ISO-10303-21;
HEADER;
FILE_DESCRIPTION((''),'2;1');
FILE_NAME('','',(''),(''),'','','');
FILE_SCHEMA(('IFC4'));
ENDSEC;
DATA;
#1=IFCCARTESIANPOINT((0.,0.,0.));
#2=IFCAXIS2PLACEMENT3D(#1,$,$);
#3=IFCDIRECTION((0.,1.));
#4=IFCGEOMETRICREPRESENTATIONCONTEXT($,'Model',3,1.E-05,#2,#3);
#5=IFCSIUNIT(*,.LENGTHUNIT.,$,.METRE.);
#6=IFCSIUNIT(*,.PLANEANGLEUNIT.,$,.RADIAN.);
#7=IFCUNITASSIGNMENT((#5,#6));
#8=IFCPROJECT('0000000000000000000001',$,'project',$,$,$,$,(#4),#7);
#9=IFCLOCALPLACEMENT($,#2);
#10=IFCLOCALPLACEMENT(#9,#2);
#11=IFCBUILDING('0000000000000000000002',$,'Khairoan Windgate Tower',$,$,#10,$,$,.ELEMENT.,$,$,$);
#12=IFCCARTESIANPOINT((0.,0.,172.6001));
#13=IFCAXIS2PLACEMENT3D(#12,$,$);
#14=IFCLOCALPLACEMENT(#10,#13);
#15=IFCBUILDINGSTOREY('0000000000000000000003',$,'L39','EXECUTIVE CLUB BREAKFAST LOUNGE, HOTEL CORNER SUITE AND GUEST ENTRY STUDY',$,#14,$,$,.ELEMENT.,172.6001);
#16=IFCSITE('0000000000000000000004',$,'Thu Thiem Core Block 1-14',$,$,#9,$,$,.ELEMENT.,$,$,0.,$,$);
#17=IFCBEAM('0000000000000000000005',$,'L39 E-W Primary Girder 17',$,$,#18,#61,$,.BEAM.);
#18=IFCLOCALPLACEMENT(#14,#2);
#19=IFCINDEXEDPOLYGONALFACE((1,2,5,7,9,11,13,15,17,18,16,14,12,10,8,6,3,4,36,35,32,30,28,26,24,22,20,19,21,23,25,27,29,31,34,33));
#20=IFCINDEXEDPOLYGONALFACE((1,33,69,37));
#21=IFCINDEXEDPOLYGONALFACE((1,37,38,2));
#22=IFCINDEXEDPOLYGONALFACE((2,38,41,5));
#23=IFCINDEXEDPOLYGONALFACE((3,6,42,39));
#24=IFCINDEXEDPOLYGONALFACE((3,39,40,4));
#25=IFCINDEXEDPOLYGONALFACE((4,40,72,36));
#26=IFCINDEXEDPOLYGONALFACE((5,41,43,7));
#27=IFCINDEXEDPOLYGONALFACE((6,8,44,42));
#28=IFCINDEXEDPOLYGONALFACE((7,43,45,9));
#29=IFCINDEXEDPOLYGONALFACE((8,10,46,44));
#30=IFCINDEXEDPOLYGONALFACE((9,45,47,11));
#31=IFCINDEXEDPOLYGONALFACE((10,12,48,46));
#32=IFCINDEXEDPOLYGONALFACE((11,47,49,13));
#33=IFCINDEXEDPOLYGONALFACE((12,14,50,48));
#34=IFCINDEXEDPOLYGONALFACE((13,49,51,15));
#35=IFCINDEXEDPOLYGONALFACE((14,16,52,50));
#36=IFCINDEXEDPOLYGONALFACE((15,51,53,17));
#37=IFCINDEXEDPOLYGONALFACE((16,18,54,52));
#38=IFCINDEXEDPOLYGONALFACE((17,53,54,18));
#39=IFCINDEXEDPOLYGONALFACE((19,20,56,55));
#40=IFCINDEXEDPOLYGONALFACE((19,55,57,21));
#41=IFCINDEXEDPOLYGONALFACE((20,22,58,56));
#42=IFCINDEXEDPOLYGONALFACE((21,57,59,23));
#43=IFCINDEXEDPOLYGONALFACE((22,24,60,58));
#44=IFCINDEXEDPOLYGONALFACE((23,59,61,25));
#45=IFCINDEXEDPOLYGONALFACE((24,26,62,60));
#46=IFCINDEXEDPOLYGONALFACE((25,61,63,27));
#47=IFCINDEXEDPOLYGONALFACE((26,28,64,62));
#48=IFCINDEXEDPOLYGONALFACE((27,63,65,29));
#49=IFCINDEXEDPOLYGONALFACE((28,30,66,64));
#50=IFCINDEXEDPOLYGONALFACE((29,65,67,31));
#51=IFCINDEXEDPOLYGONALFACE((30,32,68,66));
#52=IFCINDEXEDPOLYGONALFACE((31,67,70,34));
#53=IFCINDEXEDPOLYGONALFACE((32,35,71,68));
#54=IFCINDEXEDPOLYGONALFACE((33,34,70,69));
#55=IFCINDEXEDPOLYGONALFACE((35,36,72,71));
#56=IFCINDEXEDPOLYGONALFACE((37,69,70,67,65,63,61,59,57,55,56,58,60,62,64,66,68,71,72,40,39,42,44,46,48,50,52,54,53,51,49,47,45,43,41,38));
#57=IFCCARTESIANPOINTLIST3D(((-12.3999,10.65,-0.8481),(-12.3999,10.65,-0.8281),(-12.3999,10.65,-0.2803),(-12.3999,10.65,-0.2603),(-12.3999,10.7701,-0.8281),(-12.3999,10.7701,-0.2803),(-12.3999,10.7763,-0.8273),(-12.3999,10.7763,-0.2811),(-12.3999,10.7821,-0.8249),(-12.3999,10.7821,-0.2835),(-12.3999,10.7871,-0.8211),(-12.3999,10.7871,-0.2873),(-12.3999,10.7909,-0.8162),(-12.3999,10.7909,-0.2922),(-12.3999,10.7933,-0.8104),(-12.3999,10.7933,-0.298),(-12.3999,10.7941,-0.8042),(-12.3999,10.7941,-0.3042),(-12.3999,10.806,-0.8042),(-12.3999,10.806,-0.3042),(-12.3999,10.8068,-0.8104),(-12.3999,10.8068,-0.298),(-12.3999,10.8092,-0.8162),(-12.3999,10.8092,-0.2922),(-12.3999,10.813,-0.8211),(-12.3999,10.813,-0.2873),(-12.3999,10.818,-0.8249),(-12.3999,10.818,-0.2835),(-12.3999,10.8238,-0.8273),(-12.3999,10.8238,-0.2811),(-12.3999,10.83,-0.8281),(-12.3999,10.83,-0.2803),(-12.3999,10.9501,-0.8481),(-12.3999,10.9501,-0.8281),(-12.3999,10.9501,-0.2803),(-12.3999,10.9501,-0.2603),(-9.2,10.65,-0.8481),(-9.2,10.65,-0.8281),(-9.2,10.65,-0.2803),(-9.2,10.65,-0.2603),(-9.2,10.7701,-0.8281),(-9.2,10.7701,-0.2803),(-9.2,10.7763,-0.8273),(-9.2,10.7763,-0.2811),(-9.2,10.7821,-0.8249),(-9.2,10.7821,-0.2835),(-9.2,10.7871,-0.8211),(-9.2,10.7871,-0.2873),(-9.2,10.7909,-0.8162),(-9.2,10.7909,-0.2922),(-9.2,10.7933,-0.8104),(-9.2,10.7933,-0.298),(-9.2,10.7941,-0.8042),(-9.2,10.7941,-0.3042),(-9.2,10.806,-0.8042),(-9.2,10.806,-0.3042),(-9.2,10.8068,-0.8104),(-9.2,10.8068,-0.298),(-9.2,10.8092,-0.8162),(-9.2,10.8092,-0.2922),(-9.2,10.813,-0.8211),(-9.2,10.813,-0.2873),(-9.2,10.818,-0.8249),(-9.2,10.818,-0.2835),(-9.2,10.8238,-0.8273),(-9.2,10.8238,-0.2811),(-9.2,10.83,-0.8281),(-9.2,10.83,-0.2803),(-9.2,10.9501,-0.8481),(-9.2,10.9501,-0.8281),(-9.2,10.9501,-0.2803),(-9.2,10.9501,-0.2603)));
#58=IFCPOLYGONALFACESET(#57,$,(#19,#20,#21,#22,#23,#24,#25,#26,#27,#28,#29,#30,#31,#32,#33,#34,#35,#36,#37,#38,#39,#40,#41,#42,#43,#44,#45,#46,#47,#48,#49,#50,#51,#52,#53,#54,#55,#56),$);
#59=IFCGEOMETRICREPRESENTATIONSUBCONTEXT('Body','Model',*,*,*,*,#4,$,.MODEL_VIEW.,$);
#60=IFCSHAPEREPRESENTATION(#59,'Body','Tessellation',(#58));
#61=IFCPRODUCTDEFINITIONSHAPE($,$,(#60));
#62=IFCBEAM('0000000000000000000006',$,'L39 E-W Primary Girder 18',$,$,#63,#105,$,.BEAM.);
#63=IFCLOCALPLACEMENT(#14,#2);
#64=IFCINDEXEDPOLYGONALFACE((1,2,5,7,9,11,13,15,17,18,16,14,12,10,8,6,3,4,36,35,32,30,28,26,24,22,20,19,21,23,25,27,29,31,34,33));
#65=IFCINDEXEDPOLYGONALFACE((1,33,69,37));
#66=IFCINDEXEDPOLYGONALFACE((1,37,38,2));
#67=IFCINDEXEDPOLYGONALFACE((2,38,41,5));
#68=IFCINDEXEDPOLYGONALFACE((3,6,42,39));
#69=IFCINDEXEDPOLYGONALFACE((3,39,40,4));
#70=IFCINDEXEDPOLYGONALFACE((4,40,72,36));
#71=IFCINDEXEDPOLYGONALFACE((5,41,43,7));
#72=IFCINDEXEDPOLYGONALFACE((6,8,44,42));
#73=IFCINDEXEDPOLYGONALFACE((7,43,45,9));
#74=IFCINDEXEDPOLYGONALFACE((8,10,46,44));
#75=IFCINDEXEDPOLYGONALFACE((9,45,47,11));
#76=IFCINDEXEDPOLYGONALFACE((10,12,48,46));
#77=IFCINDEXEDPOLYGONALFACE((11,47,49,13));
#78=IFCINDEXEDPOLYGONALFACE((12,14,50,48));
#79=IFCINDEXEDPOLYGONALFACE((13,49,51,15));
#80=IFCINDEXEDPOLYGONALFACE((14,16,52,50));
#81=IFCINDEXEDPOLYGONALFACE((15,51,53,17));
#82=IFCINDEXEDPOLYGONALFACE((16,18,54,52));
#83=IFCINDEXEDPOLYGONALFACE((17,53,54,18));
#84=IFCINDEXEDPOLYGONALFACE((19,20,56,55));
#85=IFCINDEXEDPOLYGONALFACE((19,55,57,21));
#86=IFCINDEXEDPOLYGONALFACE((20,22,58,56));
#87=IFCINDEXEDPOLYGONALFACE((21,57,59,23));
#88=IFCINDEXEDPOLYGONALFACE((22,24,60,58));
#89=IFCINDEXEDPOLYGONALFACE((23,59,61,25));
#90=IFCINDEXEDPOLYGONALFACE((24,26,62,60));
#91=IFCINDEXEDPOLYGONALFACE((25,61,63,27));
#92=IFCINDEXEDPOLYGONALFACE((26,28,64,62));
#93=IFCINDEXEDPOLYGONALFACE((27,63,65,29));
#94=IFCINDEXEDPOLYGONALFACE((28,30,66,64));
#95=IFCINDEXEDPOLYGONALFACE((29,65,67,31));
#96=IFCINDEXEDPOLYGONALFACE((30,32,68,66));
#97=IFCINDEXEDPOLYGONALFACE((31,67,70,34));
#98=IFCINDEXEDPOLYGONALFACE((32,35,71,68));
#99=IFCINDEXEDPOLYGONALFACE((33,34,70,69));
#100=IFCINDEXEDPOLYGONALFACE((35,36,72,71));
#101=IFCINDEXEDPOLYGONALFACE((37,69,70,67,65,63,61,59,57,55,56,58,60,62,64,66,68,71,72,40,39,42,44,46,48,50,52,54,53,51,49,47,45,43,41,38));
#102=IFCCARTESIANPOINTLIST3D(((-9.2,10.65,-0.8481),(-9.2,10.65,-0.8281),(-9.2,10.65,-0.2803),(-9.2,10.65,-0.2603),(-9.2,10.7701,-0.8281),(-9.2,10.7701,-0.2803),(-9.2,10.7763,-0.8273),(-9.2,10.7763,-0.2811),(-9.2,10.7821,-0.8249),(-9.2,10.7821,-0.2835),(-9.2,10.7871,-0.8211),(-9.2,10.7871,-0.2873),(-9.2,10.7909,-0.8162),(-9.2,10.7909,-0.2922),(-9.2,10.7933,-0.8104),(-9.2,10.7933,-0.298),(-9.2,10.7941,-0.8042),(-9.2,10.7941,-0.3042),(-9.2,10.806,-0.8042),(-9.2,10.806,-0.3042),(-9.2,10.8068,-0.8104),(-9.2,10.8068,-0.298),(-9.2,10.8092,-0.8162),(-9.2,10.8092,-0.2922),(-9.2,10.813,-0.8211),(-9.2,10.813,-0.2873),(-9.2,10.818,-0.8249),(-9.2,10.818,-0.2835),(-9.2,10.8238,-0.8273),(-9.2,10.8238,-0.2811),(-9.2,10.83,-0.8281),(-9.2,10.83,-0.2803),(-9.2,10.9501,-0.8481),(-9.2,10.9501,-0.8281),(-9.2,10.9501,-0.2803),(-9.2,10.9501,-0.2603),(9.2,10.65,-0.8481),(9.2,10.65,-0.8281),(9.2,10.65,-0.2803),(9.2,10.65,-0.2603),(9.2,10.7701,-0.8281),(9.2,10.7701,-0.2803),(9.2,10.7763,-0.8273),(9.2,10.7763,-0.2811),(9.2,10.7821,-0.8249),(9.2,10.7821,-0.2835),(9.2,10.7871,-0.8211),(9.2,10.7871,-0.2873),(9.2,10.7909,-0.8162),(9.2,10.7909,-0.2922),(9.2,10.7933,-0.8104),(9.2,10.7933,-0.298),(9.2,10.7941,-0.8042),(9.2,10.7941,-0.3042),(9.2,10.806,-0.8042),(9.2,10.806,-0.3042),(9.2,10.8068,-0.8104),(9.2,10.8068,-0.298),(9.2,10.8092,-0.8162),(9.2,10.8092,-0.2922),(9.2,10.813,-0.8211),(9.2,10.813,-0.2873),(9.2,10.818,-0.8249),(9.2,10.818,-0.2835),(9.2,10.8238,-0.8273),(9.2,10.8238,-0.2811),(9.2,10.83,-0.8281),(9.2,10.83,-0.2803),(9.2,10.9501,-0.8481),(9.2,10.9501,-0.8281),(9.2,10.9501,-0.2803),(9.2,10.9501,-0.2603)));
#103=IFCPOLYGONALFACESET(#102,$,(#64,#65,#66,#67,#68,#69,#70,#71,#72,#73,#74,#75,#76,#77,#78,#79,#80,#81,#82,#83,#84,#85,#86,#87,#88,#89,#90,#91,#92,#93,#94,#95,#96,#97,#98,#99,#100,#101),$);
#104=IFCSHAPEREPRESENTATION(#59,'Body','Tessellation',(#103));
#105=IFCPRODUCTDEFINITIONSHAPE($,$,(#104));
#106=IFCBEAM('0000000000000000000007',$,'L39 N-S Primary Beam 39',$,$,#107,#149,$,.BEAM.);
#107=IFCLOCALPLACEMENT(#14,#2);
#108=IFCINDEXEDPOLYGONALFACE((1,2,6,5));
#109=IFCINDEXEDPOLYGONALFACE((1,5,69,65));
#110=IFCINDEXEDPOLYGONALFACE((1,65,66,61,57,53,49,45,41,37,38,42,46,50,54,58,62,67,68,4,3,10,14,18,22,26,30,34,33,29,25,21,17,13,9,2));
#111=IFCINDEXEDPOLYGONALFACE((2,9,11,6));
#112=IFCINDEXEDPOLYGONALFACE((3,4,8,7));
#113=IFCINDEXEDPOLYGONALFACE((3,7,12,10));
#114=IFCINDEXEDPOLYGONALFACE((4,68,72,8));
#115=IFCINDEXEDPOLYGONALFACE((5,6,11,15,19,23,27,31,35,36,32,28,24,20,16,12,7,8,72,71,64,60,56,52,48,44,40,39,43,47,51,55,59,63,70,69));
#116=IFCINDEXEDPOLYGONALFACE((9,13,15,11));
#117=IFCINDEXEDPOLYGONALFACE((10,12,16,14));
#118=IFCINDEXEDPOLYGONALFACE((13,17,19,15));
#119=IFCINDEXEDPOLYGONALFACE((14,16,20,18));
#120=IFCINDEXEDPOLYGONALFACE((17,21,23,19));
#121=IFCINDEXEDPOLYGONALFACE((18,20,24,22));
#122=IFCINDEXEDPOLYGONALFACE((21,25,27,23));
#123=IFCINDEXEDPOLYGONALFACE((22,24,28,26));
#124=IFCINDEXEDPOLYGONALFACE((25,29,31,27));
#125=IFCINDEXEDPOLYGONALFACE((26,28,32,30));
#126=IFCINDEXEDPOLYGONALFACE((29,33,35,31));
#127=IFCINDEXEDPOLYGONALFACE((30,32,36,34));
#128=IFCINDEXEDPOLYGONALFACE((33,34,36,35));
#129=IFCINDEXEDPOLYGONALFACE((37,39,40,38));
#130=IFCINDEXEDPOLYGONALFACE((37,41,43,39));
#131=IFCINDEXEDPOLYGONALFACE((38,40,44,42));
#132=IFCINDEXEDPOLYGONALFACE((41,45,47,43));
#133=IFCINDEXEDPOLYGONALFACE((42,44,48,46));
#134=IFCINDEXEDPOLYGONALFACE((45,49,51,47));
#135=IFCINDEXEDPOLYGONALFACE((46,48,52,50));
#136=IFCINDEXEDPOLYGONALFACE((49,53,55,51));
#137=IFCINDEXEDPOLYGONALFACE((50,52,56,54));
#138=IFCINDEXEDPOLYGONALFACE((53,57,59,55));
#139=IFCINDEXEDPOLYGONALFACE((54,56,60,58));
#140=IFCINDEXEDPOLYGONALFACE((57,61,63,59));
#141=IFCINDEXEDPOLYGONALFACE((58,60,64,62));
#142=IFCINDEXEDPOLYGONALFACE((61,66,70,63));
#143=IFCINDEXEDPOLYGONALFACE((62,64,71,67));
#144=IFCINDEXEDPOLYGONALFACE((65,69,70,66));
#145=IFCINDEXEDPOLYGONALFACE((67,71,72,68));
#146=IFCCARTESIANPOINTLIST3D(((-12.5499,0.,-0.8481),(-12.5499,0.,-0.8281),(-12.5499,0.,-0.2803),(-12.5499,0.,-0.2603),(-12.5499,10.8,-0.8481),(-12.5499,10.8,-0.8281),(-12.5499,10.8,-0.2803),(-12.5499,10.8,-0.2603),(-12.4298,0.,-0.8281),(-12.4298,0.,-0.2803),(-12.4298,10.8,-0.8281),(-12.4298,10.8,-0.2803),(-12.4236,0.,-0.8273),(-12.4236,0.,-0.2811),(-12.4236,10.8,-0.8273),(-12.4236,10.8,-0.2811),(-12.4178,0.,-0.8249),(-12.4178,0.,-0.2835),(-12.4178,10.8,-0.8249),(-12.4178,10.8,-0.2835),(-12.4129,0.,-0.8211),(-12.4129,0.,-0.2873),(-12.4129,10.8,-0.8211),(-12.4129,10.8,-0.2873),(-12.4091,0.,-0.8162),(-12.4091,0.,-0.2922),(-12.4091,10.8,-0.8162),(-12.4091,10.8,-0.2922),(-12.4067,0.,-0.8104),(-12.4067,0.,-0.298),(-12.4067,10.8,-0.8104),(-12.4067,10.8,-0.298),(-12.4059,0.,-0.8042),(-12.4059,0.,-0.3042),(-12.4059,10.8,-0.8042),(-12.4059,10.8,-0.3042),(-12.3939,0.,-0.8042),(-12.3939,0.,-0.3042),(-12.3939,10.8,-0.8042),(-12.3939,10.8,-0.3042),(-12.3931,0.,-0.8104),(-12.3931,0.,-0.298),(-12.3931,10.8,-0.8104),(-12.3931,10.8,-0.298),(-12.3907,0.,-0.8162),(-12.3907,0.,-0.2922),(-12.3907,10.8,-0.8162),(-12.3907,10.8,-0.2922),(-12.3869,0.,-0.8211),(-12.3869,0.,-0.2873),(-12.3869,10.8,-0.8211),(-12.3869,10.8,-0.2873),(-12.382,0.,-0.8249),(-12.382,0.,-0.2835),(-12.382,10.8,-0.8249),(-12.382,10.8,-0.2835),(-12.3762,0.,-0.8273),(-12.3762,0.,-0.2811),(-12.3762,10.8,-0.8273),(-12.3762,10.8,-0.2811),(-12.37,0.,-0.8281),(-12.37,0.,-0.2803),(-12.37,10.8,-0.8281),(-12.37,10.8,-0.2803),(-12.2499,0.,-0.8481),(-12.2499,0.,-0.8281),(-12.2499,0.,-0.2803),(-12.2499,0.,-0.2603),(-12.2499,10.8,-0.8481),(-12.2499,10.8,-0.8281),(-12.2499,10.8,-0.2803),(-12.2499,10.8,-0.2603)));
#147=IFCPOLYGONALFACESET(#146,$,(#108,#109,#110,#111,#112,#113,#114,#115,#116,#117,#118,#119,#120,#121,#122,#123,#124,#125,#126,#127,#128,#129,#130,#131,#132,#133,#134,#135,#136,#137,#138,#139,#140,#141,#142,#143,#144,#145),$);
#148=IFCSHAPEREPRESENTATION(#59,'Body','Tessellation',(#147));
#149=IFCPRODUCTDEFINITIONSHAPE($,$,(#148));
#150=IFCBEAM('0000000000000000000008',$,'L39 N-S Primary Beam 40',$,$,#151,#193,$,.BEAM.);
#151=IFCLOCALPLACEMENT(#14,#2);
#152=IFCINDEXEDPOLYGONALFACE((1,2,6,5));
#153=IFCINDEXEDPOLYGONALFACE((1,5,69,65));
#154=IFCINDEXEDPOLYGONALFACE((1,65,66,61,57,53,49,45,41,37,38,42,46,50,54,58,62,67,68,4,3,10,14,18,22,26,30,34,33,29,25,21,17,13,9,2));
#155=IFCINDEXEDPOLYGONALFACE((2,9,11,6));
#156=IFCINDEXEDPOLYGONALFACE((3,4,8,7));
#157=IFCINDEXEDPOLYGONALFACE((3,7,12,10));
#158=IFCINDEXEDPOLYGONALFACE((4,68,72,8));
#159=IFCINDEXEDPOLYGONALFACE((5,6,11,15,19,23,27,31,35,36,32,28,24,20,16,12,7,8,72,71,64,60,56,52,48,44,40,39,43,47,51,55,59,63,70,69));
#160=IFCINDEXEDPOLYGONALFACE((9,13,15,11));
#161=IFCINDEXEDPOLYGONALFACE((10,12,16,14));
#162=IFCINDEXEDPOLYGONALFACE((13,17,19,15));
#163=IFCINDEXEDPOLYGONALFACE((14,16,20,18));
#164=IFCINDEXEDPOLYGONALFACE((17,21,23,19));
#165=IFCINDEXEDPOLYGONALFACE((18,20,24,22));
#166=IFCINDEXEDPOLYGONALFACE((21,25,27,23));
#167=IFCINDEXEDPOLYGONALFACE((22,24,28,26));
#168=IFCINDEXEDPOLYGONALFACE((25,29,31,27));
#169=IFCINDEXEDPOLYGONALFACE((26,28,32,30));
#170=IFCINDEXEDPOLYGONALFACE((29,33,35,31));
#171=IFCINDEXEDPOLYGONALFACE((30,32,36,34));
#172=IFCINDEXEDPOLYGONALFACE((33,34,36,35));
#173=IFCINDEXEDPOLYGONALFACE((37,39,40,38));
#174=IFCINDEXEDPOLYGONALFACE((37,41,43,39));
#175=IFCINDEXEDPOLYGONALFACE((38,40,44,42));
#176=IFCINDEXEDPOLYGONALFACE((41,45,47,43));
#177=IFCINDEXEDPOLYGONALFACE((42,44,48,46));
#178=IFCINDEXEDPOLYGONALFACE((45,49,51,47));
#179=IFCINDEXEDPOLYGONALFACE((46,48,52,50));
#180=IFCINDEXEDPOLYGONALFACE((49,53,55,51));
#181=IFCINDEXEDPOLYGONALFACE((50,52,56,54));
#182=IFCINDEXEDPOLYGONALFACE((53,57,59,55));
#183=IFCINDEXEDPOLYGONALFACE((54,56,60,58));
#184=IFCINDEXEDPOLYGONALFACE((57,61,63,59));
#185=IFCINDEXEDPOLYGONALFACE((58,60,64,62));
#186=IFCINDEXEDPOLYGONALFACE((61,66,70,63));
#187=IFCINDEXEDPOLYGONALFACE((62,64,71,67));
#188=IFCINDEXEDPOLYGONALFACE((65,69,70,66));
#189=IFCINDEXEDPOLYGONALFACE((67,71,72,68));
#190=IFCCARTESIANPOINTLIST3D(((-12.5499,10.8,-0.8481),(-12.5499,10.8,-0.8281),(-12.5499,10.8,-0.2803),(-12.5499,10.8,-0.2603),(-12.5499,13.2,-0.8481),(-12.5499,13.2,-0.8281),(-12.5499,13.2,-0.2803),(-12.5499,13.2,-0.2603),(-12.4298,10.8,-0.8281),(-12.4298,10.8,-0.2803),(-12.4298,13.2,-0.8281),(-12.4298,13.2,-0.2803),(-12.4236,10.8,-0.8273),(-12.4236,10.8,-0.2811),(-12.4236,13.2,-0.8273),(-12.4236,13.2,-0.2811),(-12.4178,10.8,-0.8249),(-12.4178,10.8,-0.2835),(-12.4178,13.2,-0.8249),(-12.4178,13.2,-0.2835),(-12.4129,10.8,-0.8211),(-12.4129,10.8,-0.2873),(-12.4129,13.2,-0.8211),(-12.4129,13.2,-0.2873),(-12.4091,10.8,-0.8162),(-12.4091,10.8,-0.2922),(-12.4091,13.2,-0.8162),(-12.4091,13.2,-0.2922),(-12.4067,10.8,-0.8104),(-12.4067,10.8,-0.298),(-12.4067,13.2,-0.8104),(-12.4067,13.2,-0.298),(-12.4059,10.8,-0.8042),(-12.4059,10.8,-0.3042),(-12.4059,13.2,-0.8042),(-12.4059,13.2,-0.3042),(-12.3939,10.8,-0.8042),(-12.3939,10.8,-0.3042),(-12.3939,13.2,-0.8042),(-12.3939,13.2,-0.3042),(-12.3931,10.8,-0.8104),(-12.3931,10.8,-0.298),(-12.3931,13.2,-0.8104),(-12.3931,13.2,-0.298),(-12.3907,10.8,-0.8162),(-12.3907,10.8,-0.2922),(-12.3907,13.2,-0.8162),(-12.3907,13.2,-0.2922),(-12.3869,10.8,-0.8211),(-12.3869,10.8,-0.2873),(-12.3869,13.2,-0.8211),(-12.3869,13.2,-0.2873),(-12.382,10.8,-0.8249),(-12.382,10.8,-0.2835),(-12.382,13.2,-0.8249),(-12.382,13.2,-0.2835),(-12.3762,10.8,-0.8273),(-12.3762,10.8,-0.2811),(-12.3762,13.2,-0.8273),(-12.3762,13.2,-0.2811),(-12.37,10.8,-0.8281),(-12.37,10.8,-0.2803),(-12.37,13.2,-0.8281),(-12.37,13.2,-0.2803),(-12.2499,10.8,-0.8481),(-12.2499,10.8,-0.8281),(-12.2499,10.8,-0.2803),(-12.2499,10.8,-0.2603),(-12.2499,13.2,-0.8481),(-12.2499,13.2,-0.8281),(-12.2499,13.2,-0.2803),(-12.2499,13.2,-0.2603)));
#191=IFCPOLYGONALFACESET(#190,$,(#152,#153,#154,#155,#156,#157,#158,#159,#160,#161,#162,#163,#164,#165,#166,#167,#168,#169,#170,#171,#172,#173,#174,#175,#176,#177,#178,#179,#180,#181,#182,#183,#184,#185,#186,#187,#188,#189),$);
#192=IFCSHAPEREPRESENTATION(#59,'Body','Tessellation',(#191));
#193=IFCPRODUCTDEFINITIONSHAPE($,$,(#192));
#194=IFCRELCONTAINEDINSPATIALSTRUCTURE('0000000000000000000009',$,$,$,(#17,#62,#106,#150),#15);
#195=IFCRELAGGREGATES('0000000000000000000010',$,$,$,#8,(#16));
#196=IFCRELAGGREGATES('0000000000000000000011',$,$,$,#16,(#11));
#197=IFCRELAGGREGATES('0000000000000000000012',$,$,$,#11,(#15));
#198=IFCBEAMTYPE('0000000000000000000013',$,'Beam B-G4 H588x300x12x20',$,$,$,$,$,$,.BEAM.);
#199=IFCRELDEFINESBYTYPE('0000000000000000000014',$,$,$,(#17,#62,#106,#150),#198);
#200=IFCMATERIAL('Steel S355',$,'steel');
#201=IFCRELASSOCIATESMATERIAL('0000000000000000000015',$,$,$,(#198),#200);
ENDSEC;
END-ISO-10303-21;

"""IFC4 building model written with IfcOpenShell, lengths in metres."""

from ifc_helpers import new_model, si_unit, direction, frame, origin, origin_2d, place, context, subcontext, project, spatial, i_section, extrude, material, material_profile, profile_set, type_object, element, save


model = new_model("IFC4")

# Units and contexts
model_context = context("Model", 3, precision=1e-05, world=origin(), true_north=direction((0.0, 1.0)))
body_context = subcontext(model_context, "Body", "Model", "MODEL_VIEW")
ifc_project = project(units=[si_unit("LENGTHUNIT", "METRE"), si_unit("PLANEANGLEUNIT", "RADIAN")], contexts=[model_context])

# Site, building, storey
site_placement = place(None, origin())
site = spatial("IfcSite", under=ifc_project, at=site_placement, Name="Thu Thiem Core Block 1-14", CompositionType="ELEMENT", RefElevation=0.0)
building_placement = place(site_placement, origin())
building = spatial("IfcBuilding", under=site, at=building_placement, Name="Khairoan Windgate Tower", CompositionType="ELEMENT")
storey_placement = place(building_placement, frame((0.0, 0.0, 172.6001)))
storey = spatial("IfcBuildingStorey", under=building, at=storey_placement, Name="L39", Description="EXECUTIVE CLUB BREAKFAST LOUNGE, HOTEL CORNER SUITE AND GUEST ENTRY STUDY", CompositionType="ELEMENT", Elevation=172.6001)

# Beams
ifc_material_1 = material(Name="Steel S355", Category="steel")
ifc_material_profile_1 = material_profile(ifc_material_1, i_section(OverallWidth=0.3, OverallDepth=0.5879, WebThickness=0.012, FlangeThickness=0.02, FilletRadius=0.0239, at=origin_2d()))
ifc_profile_set_1 = profile_set([ifc_material_profile_1], Name="Steel S355")
beam_type_1 = type_object("IfcBeamType", Name="Beam B-G4 H588x300x12x20", PredefinedType="BEAM", material=ifc_profile_set_1)
beam_1_placement = place(storey_placement, frame((-12.3999, 10.8, -0.5542), z_axis=(1.0, 0.0, 0.0), x_axis=(0.0, 1.0, 0.0)))
element("IfcBeam", 1, at=beam_1_placement, inside=storey, type_object=beam_type_1, Name="L39 E-W Primary Girder 17", PredefinedType="BEAM", context=body_context, shape_type="SweptSolid", body=[
    extrude(i_section(OverallWidth=0.3, OverallDepth=0.5879, WebThickness=0.012, FlangeThickness=0.02, FilletRadius=0.0239, at=origin_2d()), origin(), (0.0, 0.0, 1.0), 3.2),
])
beam_2_placement = place(storey_placement, frame((-9.2, 10.8, -0.5542), z_axis=(1.0, 0.0, 0.0), x_axis=(0.0, 1.0, 0.0)))
element("IfcBeam", 2, at=beam_2_placement, inside=storey, type_object=beam_type_1, Name="L39 E-W Primary Girder 18", PredefinedType="BEAM", context=body_context, shape_type="SweptSolid", body=[
    extrude(i_section(OverallWidth=0.3, OverallDepth=0.5879, WebThickness=0.012, FlangeThickness=0.02, FilletRadius=0.0239, at=origin_2d()), origin(), (0.0, 0.0, 1.0), 18.3999),
])
beam_3_placement = place(storey_placement, frame((-12.3999, 0.0, -0.5542), z_axis=(0.0, 1.0, 0.0), x_axis=(-1.0, 0.0, 0.0)))
element("IfcBeam", 3, at=beam_3_placement, inside=storey, type_object=beam_type_1, Name="L39 N-S Primary Beam 39", PredefinedType="BEAM", context=body_context, shape_type="SweptSolid", body=[
    extrude(i_section(OverallWidth=0.3, OverallDepth=0.5879, WebThickness=0.012, FlangeThickness=0.02, FilletRadius=0.0239, at=origin_2d()), origin(), (0.0, 0.0, 1.0), 10.8),
])
beam_4_placement = place(storey_placement, frame((-12.3999, 10.8, -0.5542), z_axis=(0.0, 1.0, 0.0), x_axis=(-1.0, 0.0, 0.0)))
element("IfcBeam", 4, at=beam_4_placement, inside=storey, type_object=beam_type_1, Name="L39 N-S Primary Beam 40", PredefinedType="BEAM", context=body_context, shape_type="SweptSolid", body=[
    extrude(i_section(OverallWidth=0.3, OverallDepth=0.5879, WebThickness=0.012, FlangeThickness=0.02, FilletRadius=0.0239, at=origin_2d()), origin(), (0.0, 0.0, 1.0), 2.3999),
])

save(model, "model.ifc")
